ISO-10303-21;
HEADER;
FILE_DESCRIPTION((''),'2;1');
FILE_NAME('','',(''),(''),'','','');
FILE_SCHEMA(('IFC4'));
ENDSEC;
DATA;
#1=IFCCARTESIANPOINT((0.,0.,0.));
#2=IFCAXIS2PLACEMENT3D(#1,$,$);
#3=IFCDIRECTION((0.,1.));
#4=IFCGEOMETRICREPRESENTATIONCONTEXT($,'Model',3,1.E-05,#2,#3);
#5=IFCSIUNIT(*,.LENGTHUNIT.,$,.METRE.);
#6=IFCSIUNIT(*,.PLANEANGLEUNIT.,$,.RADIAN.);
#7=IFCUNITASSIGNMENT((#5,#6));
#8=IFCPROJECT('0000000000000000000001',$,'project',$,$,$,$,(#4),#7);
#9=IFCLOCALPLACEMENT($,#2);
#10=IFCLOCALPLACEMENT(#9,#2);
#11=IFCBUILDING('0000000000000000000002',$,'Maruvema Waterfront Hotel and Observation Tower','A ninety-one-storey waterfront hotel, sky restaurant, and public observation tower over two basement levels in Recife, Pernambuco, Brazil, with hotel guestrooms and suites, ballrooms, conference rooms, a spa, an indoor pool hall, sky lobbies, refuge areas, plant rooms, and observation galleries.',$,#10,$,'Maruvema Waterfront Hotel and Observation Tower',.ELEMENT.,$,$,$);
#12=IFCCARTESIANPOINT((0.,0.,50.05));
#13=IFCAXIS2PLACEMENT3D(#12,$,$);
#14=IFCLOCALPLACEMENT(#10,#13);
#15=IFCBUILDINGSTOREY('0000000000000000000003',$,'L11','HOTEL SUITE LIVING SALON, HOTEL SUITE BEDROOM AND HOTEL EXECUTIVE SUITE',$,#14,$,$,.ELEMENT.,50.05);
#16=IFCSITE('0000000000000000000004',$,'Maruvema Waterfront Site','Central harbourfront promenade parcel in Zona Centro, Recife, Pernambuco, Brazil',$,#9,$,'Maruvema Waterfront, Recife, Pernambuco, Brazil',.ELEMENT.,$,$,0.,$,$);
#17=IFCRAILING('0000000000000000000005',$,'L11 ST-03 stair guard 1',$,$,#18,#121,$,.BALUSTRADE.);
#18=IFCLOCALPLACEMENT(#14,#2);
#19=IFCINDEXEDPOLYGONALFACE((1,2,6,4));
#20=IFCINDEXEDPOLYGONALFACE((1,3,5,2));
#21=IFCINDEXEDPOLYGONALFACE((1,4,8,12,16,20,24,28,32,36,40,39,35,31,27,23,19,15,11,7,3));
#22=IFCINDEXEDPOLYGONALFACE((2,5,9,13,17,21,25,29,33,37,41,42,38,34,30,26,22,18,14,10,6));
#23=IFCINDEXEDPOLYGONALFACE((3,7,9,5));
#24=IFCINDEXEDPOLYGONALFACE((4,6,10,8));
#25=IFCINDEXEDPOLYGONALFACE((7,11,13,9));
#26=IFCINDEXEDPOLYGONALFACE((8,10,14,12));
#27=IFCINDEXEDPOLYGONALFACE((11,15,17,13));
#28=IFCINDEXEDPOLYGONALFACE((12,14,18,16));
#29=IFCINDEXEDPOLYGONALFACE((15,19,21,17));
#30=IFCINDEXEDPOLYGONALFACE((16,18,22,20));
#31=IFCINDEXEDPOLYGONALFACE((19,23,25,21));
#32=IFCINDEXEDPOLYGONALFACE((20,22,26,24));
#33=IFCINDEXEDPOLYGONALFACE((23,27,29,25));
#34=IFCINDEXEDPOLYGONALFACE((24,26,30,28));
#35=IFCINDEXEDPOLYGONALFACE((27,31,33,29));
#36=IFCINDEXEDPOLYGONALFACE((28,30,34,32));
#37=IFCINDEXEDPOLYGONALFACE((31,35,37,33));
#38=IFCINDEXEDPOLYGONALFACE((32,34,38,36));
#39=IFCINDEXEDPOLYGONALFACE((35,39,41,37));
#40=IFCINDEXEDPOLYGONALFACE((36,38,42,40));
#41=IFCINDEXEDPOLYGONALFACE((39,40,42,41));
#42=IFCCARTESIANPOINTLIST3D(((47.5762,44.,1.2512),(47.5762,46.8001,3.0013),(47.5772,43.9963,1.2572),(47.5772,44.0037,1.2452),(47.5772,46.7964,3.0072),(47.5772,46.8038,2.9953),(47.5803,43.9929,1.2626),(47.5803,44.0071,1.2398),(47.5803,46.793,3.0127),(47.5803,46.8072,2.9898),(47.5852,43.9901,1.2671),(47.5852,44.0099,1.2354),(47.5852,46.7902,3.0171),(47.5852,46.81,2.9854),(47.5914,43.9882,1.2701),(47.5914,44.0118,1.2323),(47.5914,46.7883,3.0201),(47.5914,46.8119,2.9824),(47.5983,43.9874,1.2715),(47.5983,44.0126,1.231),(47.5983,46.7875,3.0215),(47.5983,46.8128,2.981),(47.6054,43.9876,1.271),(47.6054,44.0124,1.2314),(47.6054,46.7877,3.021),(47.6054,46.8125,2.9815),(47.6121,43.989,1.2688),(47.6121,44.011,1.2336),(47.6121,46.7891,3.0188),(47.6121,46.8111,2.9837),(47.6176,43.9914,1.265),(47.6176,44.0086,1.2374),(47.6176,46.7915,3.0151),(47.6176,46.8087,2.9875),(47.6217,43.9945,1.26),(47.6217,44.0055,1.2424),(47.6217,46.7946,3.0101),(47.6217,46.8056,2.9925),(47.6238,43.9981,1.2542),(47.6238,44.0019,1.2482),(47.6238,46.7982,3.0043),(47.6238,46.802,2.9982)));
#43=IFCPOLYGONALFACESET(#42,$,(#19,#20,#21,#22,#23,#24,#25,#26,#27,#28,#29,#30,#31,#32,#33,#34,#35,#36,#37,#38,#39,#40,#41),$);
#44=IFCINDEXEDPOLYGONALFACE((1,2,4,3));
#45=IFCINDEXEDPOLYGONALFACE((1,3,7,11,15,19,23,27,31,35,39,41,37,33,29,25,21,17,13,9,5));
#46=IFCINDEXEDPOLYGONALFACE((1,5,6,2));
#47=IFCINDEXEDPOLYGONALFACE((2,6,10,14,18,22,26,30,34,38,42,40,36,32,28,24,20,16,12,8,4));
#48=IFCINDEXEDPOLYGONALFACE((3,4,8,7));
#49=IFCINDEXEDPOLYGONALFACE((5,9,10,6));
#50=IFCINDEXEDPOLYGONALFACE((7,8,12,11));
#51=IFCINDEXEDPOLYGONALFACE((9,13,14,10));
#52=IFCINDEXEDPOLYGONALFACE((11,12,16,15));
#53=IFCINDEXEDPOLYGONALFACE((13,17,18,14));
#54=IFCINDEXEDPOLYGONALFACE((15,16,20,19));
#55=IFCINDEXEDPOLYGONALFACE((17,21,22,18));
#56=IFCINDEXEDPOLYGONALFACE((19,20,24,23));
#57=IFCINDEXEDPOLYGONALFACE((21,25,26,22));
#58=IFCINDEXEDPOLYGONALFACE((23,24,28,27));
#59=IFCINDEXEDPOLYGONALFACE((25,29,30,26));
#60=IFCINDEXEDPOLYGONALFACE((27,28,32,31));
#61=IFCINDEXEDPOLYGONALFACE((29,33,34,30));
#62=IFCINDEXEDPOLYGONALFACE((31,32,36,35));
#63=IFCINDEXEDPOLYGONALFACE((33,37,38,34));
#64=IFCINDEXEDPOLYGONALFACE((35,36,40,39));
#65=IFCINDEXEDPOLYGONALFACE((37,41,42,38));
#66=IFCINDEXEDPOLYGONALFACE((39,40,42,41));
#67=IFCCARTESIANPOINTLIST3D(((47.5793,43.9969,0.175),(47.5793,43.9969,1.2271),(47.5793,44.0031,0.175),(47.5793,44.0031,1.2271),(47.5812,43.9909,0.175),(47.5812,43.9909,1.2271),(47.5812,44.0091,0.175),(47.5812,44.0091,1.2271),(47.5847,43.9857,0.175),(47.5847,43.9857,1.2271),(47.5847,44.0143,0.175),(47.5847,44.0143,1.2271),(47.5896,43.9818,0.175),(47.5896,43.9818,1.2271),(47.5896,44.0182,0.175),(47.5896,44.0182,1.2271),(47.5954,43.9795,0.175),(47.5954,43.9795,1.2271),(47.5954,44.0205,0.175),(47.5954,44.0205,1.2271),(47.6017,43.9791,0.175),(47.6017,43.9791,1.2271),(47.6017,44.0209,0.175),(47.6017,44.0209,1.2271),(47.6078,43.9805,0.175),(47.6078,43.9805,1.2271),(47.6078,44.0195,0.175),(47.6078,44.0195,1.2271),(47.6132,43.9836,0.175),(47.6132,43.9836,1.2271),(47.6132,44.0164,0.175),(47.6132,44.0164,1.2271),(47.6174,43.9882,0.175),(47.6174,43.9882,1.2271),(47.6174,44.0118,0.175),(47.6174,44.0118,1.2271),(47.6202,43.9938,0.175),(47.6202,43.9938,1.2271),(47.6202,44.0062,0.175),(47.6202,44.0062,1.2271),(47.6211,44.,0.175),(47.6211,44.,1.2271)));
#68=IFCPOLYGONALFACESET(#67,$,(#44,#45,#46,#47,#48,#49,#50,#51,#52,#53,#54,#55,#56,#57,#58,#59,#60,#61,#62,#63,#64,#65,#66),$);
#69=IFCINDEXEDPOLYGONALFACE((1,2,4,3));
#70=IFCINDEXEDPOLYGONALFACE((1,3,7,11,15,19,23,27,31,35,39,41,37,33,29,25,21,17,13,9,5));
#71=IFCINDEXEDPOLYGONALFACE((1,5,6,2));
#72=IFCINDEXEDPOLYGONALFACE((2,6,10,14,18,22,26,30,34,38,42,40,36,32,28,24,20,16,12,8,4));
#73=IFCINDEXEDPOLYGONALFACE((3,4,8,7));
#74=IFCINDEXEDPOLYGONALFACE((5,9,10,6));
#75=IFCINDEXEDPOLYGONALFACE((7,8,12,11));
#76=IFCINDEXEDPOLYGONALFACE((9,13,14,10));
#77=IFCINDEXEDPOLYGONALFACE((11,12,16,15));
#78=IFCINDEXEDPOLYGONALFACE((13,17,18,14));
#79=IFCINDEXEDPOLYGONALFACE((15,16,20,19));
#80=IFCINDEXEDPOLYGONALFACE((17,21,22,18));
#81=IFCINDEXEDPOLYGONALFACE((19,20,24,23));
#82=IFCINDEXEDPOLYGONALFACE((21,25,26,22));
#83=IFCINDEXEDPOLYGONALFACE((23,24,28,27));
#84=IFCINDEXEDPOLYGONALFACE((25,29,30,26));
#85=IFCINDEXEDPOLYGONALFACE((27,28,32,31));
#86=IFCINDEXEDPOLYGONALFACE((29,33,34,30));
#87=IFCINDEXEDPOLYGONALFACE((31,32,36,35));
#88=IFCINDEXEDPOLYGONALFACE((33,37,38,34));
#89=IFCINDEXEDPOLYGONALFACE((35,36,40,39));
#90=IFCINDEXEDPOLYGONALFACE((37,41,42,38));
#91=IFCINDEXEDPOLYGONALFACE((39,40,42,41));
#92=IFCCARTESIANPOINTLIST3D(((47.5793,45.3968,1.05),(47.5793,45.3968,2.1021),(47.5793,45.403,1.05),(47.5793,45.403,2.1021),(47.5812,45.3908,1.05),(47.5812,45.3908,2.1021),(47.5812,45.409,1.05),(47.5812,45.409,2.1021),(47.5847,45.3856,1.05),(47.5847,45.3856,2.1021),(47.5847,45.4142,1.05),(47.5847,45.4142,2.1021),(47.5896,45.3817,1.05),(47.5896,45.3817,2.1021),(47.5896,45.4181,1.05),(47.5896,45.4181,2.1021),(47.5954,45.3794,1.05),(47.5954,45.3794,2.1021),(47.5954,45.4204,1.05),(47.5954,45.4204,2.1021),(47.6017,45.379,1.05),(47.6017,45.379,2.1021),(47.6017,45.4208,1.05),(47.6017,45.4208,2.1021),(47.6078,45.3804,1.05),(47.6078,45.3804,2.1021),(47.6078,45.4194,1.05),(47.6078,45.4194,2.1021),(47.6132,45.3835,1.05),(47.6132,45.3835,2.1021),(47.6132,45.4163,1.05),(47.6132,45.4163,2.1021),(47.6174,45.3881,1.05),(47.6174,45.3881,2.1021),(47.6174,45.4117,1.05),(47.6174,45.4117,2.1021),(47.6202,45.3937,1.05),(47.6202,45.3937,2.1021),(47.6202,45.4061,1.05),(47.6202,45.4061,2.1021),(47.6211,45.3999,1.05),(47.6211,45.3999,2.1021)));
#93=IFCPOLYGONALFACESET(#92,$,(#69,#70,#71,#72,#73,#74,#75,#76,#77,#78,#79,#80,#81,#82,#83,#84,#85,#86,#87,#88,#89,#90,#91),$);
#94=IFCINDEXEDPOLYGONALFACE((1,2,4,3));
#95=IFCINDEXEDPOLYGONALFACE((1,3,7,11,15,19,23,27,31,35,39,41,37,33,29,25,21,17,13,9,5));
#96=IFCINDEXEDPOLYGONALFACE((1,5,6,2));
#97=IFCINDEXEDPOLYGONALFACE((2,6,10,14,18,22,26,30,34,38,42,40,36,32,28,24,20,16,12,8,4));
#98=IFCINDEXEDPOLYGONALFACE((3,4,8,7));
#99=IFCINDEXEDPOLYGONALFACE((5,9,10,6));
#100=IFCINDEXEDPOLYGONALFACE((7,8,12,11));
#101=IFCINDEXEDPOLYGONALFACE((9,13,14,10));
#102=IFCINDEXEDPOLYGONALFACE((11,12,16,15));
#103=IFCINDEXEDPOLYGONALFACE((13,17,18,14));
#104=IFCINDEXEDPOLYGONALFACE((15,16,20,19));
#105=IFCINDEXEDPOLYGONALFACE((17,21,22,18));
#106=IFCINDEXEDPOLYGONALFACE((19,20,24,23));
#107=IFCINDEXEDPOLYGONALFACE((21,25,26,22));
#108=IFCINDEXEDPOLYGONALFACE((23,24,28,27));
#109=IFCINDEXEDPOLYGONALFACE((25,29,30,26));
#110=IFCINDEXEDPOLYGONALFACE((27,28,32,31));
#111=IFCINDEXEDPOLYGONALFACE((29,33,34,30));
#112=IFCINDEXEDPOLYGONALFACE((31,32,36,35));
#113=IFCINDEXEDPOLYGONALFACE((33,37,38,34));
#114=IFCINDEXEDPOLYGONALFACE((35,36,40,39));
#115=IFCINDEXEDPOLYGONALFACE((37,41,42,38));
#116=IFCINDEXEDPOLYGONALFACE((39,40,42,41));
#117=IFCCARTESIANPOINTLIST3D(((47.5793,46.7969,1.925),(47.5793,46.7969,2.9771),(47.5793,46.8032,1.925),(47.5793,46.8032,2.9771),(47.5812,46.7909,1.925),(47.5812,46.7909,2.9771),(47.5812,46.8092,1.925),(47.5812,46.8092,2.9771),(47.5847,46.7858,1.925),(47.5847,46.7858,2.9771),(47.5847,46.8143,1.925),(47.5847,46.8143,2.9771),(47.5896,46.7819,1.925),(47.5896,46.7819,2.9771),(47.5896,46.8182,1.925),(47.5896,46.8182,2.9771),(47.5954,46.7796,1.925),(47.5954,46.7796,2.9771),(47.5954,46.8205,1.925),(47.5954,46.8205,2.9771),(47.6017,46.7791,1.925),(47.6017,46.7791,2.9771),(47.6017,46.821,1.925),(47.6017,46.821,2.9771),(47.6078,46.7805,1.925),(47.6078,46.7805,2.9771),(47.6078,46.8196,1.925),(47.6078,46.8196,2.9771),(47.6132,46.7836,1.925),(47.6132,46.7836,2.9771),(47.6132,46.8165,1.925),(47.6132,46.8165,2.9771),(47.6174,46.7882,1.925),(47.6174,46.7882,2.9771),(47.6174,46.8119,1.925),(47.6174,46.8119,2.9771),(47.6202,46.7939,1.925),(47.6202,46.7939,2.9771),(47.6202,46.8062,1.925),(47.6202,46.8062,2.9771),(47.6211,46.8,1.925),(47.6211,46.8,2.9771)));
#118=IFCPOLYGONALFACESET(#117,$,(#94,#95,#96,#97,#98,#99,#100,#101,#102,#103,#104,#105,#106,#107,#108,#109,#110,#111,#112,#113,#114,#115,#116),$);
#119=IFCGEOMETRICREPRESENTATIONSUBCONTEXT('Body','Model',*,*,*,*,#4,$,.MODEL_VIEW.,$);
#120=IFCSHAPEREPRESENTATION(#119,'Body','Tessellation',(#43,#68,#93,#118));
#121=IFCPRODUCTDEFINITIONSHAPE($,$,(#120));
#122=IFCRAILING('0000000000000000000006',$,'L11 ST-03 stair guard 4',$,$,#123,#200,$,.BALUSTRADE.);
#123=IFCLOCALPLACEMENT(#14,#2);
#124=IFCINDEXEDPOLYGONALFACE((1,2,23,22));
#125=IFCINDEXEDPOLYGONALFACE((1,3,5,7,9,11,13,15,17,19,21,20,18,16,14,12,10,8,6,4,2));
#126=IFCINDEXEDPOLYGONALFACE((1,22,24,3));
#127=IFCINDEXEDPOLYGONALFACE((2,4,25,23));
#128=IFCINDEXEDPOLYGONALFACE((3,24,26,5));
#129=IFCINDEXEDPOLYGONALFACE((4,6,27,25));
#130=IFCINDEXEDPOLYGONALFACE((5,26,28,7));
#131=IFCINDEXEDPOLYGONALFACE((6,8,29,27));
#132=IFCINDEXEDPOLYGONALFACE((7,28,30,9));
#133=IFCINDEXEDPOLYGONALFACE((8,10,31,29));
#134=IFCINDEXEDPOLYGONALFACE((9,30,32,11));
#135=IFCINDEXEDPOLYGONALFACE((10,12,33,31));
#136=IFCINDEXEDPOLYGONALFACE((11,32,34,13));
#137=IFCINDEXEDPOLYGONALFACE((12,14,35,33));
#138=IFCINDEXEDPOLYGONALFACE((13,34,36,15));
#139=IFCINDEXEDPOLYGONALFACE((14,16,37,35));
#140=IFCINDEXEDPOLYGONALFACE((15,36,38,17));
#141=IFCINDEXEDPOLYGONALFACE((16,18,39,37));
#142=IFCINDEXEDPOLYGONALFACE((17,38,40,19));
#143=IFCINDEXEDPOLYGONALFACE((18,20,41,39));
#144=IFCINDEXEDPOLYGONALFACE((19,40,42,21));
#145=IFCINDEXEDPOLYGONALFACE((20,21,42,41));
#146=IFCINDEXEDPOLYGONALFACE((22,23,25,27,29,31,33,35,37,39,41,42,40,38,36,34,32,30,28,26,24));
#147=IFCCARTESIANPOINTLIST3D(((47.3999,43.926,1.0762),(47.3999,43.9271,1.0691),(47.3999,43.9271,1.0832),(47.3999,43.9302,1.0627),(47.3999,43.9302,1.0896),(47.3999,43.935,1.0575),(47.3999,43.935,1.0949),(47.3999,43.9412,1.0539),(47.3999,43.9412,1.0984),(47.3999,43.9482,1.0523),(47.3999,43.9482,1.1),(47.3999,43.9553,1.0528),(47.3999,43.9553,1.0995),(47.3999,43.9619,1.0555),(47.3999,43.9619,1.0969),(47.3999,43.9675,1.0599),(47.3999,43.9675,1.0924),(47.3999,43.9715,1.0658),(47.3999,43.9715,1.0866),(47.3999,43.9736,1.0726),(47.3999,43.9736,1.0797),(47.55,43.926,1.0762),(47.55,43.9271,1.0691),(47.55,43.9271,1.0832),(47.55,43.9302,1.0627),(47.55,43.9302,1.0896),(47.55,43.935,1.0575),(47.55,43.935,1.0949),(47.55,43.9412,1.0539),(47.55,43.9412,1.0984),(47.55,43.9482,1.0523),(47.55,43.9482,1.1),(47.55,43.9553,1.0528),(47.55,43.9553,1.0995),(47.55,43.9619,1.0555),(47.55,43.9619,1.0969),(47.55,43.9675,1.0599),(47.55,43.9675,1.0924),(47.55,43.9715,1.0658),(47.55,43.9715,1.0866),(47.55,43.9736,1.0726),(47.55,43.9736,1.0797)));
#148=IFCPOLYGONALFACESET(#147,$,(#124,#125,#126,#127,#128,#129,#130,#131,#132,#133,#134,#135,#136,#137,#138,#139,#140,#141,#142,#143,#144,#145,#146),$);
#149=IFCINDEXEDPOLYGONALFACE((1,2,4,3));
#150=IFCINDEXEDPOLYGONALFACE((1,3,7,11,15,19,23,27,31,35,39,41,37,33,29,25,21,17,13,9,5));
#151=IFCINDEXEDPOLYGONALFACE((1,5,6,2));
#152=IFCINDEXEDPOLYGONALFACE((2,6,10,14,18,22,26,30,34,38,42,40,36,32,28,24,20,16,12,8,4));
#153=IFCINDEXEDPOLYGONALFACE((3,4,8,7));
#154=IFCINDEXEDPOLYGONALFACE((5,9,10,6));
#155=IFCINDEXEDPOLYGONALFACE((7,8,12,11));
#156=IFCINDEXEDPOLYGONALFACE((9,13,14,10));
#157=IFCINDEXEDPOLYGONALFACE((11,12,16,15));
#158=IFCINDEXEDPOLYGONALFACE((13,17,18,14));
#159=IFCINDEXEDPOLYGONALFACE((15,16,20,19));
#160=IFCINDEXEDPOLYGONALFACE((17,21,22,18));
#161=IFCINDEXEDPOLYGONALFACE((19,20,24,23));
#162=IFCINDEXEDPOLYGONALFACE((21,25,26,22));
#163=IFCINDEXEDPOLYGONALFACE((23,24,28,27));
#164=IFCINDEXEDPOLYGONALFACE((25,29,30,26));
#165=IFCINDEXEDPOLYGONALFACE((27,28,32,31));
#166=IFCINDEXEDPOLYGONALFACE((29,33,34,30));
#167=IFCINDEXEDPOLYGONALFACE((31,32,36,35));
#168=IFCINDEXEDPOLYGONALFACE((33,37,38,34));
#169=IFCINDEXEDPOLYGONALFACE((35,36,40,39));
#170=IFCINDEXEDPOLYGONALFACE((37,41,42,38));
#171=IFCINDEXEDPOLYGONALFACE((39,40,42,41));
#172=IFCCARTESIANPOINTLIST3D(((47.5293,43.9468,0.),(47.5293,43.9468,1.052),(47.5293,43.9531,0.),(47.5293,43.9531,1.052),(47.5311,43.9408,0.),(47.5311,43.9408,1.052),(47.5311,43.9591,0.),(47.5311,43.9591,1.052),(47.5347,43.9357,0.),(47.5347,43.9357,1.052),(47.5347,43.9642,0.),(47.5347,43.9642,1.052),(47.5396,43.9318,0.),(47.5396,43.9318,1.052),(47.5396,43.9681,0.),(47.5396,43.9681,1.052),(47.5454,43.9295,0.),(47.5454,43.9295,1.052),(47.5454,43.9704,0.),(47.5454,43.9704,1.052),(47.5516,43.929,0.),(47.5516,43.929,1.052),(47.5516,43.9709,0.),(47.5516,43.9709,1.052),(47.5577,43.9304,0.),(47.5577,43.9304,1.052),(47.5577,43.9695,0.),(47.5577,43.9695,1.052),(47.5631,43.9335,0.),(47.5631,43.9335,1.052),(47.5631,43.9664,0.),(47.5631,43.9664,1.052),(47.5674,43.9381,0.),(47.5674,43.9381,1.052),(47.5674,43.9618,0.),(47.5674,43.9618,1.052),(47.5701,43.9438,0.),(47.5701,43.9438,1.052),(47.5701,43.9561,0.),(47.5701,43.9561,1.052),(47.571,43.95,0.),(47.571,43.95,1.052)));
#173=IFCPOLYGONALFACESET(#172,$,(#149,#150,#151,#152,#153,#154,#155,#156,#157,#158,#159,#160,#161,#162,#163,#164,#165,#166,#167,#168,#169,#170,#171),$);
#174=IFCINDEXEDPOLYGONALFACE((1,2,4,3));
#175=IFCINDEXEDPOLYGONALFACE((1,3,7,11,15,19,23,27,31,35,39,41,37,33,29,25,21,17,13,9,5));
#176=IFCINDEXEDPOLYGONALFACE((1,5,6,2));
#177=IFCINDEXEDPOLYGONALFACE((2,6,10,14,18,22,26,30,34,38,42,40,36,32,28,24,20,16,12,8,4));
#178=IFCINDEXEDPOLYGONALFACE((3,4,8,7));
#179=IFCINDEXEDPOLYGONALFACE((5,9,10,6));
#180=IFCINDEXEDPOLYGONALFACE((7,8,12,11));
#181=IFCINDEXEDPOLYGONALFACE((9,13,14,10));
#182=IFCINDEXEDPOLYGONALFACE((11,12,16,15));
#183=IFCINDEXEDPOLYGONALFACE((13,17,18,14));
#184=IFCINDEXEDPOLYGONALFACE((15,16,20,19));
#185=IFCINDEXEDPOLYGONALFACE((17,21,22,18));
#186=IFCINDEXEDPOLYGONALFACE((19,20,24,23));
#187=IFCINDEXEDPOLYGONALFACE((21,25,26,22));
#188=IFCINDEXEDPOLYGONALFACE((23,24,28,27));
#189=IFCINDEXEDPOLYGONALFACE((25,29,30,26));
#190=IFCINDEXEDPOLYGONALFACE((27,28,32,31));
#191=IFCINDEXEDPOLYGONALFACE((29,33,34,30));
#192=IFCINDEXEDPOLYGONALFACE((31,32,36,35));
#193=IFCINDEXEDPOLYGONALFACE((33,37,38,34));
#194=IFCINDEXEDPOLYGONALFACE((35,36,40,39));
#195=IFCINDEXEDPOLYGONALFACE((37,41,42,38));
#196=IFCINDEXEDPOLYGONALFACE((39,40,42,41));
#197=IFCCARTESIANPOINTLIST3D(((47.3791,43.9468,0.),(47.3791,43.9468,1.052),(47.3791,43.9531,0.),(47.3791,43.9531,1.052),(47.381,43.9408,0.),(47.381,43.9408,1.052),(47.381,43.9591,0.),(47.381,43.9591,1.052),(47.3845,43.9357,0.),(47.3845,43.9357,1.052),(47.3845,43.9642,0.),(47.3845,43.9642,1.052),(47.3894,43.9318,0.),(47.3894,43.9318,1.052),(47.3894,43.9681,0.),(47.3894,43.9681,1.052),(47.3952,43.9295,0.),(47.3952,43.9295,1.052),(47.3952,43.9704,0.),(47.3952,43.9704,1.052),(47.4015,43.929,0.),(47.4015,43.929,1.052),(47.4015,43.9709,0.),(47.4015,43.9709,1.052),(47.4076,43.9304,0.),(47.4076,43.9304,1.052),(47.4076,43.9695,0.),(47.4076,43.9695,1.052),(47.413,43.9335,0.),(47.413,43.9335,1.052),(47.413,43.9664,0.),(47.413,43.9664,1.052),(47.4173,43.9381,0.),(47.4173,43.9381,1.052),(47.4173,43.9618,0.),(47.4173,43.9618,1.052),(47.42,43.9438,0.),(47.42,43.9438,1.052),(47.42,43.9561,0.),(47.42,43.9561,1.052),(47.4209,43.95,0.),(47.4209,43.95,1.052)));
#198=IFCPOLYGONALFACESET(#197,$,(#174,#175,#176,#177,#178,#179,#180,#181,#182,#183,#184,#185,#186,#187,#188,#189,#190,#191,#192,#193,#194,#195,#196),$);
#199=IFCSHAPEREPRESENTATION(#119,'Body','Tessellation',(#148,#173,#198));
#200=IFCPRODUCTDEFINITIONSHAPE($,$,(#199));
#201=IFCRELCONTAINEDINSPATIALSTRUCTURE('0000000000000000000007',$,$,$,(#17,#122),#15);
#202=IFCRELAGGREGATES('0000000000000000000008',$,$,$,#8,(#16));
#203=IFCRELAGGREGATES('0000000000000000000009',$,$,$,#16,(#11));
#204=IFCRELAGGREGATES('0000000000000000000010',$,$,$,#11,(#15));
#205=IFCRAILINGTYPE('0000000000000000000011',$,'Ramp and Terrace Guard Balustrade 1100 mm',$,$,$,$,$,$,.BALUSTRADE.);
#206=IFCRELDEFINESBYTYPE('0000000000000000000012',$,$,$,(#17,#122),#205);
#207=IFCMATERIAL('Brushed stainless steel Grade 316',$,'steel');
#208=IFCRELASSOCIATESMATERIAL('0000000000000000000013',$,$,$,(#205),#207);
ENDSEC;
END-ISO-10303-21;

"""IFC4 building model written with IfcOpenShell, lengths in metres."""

from ifc_helpers import new_model, si_unit, direction, frame, origin, origin_2d, place, context, subcontext, project, spatial, circle, extrude, material, type_object, element, save


model = new_model("IFC4")

# Units and contexts
model_context = context("Model", 3, precision=1e-05, world=origin(), true_north=direction((0.0, 1.0)))
body_context = subcontext(model_context, "Body", "Model", "MODEL_VIEW")
ifc_project = project(units=[si_unit("LENGTHUNIT", "METRE"), si_unit("PLANEANGLEUNIT", "RADIAN")], contexts=[model_context])

# Site, building, storey
site_placement = place(None, origin())
site = spatial("IfcSite", under=ifc_project, at=site_placement, Name="Maruvema Waterfront Site", Description="Central harbourfront promenade parcel in Zona Centro, Recife, Pernambuco, Brazil", LongName="Maruvema Waterfront, Recife, Pernambuco, Brazil", CompositionType="ELEMENT", RefElevation=0.0)
building_placement = place(site_placement, origin())
building = spatial("IfcBuilding", under=site, at=building_placement, Name="Maruvema Waterfront Hotel and Observation Tower", Description="A ninety-one-storey waterfront hotel, sky restaurant, and public observation tower over two basement levels in Recife, Pernambuco, Brazil, with hotel guestrooms and suites, ballrooms, conference rooms, a spa, an indoor pool hall, sky lobbies, refuge areas, plant rooms, and observation galleries.", LongName="Maruvema Waterfront Hotel and Observation Tower", CompositionType="ELEMENT")
storey_placement = place(building_placement, frame((0.0, 0.0, 50.05)))
storey = spatial("IfcBuildingStorey", under=building, at=storey_placement, Name="L11", Description="HOTEL SUITE LIVING SALON, HOTEL SUITE BEDROOM AND HOTEL EXECUTIVE SUITE", CompositionType="ELEMENT", Elevation=50.05)

# Railings
ifc_material_1 = material(Name="Brushed stainless steel Grade 316", Category="steel")
railing_type_1 = type_object("IfcRailingType", Name="Ramp and Terrace Guard Balustrade 1100 mm", PredefinedType="BALUSTRADE", material=ifc_material_1)
railing_1_placement = place(storey_placement, frame((47.6001, 44.0, 0.175)))
element("IfcRailing", 1, at=railing_1_placement, inside=storey, type_object=railing_type_1, Name="L11 ST-03 stair guard 1", PredefinedType="BALUSTRADE", context=body_context, shape_type="SweptSolid", body=[
    extrude(circle(Radius=0.0239, at=origin_2d()), frame((0.0, 0.0, 1.0762), z_axis=(0.0, 0.848002, 0.529992), x_axis=(-1.0, 0.0, 0.0)), (0.0, 0.0, 1.0), 3.302),
    extrude(circle(Radius=0.021, at=origin_2d()), origin(), (0.0, 0.0, 1.0), 1.052),
    extrude(circle(Radius=0.021, at=origin_2d()), frame((0.0, 1.3999, 0.875)), (0.0, 0.0, 1.0), 1.052),
    extrude(circle(Radius=0.021, at=origin_2d()), frame((0.0, 2.8, 1.75)), (0.0, 0.0, 1.0), 1.052),
])
railing_2_placement = place(storey_placement, frame((47.55, 43.95, 0.0)))
element("IfcRailing", 2, at=railing_2_placement, inside=storey, type_object=railing_type_1, Name="L11 ST-03 stair guard 4", PredefinedType="BALUSTRADE", context=body_context, shape_type="SweptSolid", body=[
    extrude(circle(Radius=0.0239, at=origin_2d()), frame((0.0, 0.0, 1.0762), z_axis=(-1.0, 0.0, 0.0), x_axis=(0.0, -1.0, 0.0)), (0.0, 0.0, 1.0), 0.1501),
    extrude(circle(Radius=0.021, at=origin_2d()), origin(), (0.0, 0.0, 1.0), 1.052),
    extrude(circle(Radius=0.021, at=origin_2d()), frame((-0.1501, 0.0, 0.0)), (0.0, 0.0, 1.0), 1.052),
])

save(model, "model.ifc")
